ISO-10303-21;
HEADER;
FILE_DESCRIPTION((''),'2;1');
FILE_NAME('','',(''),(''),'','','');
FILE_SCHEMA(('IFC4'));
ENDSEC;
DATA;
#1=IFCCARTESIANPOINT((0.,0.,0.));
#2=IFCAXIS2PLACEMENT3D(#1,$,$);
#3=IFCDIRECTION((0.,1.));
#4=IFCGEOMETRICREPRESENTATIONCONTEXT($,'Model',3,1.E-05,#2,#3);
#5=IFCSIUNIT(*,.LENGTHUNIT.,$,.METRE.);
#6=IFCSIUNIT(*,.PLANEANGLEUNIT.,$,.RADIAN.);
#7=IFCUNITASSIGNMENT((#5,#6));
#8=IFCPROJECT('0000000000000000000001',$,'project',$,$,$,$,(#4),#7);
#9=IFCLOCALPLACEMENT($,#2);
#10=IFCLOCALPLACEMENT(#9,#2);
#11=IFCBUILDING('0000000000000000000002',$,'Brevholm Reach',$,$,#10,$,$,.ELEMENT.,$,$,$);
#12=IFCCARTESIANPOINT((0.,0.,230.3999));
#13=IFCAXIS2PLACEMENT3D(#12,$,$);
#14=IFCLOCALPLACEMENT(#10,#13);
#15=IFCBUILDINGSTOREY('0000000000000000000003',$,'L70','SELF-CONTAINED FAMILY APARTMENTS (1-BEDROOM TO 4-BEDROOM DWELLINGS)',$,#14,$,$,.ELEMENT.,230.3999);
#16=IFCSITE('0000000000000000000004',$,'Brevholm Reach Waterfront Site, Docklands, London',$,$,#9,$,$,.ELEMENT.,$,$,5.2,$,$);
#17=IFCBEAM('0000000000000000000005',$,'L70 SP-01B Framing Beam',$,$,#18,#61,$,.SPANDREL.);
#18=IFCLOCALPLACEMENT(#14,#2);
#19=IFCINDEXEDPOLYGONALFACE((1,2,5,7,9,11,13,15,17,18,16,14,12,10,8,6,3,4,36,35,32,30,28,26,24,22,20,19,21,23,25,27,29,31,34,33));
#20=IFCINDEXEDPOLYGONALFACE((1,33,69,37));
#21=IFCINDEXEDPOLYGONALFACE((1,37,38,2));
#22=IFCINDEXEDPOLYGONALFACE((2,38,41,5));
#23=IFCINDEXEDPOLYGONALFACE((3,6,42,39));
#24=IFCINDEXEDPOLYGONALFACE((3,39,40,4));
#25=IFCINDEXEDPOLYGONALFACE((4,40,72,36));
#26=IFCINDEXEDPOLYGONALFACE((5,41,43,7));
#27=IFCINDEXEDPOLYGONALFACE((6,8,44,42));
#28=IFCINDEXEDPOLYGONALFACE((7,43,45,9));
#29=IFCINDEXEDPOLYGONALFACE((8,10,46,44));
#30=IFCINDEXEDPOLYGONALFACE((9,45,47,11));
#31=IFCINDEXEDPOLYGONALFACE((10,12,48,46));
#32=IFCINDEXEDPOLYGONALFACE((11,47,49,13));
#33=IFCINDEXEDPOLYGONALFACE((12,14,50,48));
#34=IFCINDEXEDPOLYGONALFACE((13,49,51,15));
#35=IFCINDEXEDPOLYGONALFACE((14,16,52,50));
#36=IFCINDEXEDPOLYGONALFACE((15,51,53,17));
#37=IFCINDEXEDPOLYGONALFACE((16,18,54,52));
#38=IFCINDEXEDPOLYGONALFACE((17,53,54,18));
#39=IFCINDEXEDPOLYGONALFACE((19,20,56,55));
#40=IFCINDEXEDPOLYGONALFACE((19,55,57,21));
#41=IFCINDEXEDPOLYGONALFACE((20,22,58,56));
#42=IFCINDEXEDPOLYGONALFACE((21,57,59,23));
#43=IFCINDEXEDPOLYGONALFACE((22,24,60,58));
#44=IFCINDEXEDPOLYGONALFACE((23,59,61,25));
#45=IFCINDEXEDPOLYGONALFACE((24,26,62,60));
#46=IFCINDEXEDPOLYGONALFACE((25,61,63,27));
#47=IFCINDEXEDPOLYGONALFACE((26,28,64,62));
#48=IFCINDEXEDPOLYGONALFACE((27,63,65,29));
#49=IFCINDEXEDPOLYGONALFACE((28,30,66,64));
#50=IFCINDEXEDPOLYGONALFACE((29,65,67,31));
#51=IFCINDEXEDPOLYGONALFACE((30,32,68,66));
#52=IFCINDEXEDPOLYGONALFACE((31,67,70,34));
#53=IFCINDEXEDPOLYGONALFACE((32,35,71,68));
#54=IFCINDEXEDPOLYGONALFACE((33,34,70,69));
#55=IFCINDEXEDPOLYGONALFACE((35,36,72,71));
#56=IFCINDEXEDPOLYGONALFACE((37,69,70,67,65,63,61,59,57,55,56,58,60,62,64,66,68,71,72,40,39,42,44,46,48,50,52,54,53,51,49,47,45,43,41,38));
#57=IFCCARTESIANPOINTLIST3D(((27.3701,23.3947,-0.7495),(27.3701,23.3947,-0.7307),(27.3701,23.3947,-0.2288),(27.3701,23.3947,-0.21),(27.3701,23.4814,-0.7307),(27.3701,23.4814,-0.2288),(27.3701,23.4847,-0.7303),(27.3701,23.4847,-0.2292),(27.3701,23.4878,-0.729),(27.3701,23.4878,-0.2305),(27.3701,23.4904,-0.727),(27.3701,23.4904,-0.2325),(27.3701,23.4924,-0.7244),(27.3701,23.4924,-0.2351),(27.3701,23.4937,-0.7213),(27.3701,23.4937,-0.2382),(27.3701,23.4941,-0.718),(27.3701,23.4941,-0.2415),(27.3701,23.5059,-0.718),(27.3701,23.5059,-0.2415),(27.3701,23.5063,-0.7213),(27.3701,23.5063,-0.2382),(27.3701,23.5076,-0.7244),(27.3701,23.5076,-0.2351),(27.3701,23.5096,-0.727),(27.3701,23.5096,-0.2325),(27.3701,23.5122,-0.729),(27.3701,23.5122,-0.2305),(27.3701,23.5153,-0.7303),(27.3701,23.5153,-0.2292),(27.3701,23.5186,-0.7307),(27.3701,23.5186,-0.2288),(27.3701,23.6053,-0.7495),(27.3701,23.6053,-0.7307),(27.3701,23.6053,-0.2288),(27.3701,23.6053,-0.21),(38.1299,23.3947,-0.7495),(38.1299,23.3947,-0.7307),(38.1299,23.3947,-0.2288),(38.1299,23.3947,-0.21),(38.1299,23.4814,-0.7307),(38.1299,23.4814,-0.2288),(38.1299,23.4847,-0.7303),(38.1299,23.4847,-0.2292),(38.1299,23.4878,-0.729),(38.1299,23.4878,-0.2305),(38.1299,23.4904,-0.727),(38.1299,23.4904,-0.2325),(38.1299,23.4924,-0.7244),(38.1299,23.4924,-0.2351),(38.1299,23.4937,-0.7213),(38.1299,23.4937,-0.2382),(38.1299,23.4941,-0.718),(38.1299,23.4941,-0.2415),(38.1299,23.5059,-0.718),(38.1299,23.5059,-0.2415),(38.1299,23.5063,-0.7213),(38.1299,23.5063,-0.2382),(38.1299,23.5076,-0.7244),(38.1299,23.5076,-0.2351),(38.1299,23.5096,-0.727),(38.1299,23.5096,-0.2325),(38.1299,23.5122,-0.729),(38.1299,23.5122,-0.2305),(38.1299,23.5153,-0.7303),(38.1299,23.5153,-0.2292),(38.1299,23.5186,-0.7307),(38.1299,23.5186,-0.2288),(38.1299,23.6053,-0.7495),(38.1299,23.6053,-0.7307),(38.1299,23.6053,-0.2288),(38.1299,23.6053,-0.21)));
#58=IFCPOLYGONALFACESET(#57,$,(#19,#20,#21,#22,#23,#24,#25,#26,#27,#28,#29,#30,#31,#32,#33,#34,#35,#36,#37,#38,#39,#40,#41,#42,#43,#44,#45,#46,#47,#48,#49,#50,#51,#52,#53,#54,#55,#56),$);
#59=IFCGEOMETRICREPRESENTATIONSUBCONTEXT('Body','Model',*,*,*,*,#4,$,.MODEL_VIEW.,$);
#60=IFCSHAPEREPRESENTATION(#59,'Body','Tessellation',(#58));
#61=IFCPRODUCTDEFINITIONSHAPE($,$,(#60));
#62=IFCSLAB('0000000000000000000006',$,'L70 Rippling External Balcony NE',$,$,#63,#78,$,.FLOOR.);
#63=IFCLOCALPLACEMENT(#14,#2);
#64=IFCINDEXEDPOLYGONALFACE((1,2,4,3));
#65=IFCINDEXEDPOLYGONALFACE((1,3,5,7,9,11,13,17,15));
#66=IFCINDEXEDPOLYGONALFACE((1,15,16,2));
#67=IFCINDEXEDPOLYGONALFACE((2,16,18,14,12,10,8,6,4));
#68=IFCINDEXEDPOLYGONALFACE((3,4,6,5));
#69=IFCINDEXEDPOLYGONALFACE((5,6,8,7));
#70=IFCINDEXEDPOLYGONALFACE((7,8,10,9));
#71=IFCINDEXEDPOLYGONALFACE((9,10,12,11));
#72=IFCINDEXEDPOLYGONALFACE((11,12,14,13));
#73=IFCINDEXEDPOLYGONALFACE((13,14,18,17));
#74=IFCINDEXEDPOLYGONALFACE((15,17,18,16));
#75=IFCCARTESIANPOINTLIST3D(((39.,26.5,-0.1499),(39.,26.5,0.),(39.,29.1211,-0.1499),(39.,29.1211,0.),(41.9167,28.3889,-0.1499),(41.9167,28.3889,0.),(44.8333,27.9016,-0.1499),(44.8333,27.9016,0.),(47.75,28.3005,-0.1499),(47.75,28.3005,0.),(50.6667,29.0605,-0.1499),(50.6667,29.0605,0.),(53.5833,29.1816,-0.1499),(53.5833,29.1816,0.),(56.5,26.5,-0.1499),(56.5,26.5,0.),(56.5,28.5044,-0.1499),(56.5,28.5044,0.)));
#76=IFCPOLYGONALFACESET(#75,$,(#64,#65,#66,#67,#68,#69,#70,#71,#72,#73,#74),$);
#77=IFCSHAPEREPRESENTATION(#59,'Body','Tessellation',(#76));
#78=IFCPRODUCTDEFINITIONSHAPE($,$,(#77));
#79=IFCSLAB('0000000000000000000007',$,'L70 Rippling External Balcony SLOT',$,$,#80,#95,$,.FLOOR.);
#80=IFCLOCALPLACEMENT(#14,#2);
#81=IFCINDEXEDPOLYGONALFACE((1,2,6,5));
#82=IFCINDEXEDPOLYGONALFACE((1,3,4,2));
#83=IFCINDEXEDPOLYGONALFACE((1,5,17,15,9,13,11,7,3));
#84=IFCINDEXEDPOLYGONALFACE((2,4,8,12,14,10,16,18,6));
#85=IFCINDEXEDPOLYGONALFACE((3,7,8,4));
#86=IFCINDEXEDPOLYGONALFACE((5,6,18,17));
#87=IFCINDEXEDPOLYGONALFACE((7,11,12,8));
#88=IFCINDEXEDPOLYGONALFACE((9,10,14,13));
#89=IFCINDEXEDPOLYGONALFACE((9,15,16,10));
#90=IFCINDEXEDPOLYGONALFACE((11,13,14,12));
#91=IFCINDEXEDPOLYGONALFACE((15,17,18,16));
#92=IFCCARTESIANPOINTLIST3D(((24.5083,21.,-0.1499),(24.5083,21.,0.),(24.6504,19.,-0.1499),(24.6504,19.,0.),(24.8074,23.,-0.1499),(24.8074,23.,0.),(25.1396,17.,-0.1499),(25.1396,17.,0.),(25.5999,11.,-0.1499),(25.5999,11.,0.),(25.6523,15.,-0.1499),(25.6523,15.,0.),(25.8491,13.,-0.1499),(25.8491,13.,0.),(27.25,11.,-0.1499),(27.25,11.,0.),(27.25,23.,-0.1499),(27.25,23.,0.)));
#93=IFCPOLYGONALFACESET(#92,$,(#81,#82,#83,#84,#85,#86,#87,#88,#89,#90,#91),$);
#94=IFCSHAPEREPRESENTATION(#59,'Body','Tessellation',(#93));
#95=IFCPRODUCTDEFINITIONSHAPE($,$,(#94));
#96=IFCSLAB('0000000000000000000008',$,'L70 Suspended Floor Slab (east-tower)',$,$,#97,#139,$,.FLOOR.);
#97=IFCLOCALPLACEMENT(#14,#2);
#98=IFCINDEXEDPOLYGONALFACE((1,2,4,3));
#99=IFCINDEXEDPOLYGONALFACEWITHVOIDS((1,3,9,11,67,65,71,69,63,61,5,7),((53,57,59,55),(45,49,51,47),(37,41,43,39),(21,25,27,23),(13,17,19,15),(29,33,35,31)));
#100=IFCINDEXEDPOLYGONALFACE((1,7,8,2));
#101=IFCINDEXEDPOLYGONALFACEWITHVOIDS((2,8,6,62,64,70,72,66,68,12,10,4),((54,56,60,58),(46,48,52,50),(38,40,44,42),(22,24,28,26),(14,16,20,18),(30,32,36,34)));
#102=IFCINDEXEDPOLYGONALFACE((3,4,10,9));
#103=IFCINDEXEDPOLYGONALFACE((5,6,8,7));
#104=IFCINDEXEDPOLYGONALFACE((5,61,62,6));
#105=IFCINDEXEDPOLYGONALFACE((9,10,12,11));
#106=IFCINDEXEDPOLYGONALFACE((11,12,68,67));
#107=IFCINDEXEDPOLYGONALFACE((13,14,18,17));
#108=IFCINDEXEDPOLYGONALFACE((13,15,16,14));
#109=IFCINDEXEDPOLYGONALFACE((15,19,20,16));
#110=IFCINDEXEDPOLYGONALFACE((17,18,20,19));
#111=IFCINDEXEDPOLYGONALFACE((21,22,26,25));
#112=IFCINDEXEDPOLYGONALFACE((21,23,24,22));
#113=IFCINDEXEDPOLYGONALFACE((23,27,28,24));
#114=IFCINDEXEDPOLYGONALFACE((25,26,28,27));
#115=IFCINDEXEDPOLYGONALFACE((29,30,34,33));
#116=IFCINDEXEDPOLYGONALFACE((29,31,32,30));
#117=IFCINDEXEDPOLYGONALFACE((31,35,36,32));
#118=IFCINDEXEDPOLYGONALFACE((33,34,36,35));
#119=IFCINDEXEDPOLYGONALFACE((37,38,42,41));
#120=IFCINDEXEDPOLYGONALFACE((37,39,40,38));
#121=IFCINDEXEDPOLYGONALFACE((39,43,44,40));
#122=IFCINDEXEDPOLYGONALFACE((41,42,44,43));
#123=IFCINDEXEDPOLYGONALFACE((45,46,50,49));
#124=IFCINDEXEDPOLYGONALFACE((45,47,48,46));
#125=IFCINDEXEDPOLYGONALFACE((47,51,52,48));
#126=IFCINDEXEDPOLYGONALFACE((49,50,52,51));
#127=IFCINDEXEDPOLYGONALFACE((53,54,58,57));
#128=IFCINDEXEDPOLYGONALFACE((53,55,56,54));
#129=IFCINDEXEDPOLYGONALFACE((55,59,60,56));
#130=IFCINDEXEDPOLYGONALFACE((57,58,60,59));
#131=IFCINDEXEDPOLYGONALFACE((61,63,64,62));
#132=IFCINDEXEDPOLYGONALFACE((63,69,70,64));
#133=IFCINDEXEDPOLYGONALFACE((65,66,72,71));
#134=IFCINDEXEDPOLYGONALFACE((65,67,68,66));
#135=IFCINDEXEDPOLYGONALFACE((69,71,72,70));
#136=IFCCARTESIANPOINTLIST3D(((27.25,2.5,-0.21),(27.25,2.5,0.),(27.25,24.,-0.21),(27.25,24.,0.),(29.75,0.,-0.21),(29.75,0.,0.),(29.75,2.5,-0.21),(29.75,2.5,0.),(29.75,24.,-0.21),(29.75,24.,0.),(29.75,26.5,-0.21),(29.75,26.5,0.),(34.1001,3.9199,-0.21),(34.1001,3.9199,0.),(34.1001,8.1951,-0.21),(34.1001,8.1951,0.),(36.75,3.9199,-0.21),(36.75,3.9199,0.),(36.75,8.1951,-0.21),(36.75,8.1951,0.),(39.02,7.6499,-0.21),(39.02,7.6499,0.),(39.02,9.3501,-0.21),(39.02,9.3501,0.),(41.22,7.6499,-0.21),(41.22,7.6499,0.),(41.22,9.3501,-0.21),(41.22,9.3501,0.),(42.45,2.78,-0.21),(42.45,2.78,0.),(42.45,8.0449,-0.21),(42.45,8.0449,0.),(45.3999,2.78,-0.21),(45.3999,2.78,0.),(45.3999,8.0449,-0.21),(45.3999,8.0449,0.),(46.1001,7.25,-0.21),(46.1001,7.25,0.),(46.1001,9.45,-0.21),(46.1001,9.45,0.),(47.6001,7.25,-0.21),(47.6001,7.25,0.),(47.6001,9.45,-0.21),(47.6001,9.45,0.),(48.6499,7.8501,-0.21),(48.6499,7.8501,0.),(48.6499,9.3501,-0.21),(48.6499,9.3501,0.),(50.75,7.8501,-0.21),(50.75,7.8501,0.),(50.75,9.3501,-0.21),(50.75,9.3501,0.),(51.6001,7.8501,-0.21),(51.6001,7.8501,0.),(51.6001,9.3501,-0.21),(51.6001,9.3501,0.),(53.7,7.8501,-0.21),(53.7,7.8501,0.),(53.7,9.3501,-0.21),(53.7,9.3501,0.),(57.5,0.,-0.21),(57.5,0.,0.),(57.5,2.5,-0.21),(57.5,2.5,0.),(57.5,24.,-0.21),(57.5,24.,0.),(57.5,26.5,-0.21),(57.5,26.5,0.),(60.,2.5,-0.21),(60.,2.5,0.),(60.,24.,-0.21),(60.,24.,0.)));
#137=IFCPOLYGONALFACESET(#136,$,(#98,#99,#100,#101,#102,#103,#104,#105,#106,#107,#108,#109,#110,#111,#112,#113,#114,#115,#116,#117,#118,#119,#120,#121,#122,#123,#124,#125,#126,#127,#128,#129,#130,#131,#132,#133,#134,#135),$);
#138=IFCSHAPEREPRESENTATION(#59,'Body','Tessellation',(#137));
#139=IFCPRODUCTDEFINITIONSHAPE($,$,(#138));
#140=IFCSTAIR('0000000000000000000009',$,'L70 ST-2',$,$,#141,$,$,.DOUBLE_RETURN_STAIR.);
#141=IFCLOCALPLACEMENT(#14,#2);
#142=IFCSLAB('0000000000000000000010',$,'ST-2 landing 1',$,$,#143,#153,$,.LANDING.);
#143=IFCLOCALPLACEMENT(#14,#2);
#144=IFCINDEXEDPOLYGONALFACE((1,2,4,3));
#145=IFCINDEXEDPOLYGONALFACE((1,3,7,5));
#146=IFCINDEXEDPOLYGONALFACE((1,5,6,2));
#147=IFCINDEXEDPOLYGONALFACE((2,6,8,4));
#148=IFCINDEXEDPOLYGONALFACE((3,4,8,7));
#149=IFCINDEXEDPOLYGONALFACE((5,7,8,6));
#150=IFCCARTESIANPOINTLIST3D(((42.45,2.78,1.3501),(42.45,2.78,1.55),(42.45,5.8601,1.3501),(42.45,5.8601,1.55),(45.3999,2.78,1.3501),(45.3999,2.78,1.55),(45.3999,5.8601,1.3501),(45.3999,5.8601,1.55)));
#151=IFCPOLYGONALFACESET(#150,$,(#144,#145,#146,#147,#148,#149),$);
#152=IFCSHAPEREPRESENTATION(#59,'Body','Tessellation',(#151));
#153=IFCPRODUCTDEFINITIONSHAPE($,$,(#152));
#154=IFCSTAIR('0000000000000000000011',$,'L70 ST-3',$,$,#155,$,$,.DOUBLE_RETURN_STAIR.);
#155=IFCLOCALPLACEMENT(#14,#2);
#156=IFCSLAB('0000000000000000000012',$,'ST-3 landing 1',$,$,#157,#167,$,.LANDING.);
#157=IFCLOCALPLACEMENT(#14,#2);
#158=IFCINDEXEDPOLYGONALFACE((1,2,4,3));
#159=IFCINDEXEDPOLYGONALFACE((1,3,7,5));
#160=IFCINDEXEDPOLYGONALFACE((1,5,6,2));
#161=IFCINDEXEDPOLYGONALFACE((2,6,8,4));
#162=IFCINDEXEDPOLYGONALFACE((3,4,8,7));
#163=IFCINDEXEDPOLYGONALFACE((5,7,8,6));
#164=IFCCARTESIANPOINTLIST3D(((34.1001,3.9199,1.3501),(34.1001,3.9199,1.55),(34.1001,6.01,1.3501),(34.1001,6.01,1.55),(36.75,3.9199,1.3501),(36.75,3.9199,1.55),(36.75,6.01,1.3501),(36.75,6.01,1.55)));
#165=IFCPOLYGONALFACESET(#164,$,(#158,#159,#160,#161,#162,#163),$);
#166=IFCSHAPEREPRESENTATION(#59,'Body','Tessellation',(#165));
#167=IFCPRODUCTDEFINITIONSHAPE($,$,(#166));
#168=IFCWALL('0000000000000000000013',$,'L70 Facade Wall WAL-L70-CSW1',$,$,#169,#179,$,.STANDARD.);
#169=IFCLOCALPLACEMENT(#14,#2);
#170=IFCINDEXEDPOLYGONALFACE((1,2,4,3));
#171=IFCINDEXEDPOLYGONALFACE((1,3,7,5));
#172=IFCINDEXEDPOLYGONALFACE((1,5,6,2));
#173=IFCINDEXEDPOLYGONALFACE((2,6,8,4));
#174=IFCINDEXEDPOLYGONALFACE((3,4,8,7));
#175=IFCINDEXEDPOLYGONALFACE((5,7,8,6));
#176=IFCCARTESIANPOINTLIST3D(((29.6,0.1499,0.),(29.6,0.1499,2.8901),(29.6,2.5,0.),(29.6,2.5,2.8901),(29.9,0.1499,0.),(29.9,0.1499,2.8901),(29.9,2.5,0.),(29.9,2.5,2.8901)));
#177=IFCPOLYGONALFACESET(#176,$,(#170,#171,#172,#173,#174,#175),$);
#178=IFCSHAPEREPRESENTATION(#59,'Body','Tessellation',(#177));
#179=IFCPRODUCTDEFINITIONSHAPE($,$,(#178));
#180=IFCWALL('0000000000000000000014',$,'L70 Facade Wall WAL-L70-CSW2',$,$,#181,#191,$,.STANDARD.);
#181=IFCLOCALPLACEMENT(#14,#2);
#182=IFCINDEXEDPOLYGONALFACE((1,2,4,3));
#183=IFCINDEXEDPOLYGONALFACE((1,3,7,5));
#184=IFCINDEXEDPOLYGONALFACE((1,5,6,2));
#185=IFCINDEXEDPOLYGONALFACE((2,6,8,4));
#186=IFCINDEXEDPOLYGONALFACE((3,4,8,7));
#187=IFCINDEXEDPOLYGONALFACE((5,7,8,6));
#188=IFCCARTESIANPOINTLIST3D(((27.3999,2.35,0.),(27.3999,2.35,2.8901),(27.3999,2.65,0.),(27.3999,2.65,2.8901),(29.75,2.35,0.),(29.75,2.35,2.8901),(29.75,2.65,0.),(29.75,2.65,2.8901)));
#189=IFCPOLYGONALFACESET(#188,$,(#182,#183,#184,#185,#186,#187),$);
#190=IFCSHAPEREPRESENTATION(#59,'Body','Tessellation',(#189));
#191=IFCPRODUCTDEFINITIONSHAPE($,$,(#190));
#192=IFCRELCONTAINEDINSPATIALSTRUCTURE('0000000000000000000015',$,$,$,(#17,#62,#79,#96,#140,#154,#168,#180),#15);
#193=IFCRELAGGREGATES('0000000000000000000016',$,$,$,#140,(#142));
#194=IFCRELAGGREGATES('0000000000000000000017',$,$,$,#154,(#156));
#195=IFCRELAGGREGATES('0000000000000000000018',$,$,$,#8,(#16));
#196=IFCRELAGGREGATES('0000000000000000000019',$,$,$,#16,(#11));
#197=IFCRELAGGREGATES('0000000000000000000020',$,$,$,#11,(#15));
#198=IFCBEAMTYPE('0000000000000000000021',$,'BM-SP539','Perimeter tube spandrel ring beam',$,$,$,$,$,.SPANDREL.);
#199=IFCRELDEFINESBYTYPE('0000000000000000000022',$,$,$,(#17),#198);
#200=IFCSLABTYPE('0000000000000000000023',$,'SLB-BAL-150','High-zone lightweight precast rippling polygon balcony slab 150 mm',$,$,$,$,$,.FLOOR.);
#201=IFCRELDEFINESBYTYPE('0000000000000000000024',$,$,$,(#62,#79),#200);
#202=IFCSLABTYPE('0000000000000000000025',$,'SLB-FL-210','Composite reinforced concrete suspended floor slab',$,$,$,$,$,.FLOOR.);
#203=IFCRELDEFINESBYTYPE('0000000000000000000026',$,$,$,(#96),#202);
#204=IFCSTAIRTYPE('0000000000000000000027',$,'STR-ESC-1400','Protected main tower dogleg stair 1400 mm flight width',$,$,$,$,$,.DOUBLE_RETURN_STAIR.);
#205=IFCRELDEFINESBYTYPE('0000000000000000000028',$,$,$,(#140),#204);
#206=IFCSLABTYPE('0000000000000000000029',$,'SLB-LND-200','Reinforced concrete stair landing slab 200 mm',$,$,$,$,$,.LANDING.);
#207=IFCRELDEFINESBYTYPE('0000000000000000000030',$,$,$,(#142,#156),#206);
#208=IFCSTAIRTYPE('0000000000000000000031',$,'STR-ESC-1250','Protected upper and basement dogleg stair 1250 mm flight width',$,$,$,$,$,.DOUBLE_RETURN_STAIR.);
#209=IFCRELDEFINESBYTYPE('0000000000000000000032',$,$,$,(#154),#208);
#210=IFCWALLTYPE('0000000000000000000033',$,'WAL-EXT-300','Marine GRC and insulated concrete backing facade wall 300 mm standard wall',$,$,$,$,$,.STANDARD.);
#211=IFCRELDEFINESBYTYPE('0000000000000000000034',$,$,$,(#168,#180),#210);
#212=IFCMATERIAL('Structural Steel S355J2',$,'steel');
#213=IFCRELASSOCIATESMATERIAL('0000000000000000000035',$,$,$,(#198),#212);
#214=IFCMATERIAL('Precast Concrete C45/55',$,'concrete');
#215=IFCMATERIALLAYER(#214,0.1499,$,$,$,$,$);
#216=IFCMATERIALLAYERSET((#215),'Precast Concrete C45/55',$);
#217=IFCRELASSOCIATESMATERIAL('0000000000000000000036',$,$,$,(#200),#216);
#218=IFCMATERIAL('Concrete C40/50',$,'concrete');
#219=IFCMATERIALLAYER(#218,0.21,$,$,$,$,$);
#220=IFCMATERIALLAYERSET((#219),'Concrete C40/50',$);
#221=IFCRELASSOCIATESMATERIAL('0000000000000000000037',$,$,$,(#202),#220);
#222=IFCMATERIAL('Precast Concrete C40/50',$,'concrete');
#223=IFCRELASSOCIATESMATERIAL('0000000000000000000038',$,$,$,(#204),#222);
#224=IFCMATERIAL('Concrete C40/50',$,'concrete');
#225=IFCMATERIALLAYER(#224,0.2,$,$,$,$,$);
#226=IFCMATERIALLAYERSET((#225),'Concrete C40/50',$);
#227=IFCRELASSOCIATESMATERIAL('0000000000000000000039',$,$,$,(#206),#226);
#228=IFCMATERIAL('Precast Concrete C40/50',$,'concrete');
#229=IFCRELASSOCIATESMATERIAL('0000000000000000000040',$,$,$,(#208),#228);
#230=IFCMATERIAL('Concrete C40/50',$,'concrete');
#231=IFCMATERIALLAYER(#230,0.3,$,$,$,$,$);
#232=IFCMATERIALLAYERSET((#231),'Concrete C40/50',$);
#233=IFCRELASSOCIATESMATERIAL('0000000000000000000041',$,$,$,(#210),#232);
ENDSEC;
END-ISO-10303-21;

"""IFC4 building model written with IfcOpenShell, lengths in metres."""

from ifc_helpers import new_model, si_unit, direction, frame, frame_2d, origin, origin_2d, place, context, subcontext, project, spatial, polyline, rectangle, i_section, outline, extrude, material, layer, layer_set, material_profile, profile_set, type_object, element, aggregate, save


model = new_model("IFC4")

# Units and contexts
model_context = context("Model", 3, precision=1e-05, world=origin(), true_north=direction((0.0, 1.0)))
body_context = subcontext(model_context, "Body", "Model", "MODEL_VIEW")
ifc_project = project(units=[si_unit("LENGTHUNIT", "METRE"), si_unit("PLANEANGLEUNIT", "RADIAN")], contexts=[model_context])

# Site, building, storey
site_placement = place(None, origin())
site = spatial("IfcSite", under=ifc_project, at=site_placement, Name="Brevholm Reach Waterfront Site, Docklands, London", CompositionType="ELEMENT", RefElevation=5.2)
building_placement = place(site_placement, origin())
building = spatial("IfcBuilding", under=site, at=building_placement, Name="Brevholm Reach", CompositionType="ELEMENT")
storey_placement = place(building_placement, frame((0.0, 0.0, 230.3999)))
storey = spatial("IfcBuildingStorey", under=building, at=storey_placement, Name="L70", Description="SELF-CONTAINED FAMILY APARTMENTS (1-BEDROOM TO 4-BEDROOM DWELLINGS)", CompositionType="ELEMENT", Elevation=230.3999)

# Beam
ifc_material_1 = material(Name="Structural Steel S355J2", Category="steel")
ifc_material_profile_1 = material_profile(ifc_material_1, i_section(OverallWidth=0.2107, OverallDepth=0.5396, WebThickness=0.0117, FlangeThickness=0.0188, FilletRadius=0.0127, at=origin_2d()), Name="UKB 533x210x109")
ifc_profile_set_1 = profile_set([ifc_material_profile_1], Name="Structural Steel S355J2")
beam_type_1 = type_object("IfcBeamType", Name="BM-SP539", Description="Perimeter tube spandrel ring beam", PredefinedType="SPANDREL", material=ifc_profile_set_1)
for number, where, z_axis, x_axis, name in (
    (1, (27.3701, 23.5, -0.4797), (1.0, 0.0, 0.0), (0.0, 1.0, 0.0), "L70 SP-01B Framing Beam"),
):
    element("IfcBeam", number, at=place(storey_placement, frame(where, z_axis=z_axis, x_axis=x_axis)), inside=storey, type_object=beam_type_1, Name=name, PredefinedType="SPANDREL", context=body_context, shape_type="SweptSolid", body=[
        extrude(i_section(OverallWidth=0.2107, OverallDepth=0.5396, WebThickness=0.0117, FlangeThickness=0.0188, FilletRadius=0.0127, at=origin_2d()), origin(), (0.0, 0.0, 1.0), 10.7598),
    ])

# Slabs
ifc_material_2 = material(Name="Precast Concrete C45/55", Category="concrete")
ifc_layer_1 = layer(ifc_material_2, 0.1499)
ifc_layer_set_1 = layer_set([ifc_layer_1], Name="Precast Concrete C45/55")
slab_type_1 = type_object("IfcSlabType", Name="SLB-BAL-150", Description="High-zone lightweight precast rippling polygon balcony slab 150 mm", PredefinedType="FLOOR", material=ifc_layer_set_1)
slab_1_placement = place(storey_placement, frame((0.0, 0.0, -0.1499)))
element("IfcSlab", 2, at=slab_1_placement, inside=storey, type_object=slab_type_1, Name="L70 Rippling External Balcony NE", PredefinedType="FLOOR", context=body_context, shape_type="SweptSolid", body=[
    extrude(outline(polyline([(39.0, 26.5), (56.5, 26.5), (56.5, 28.5044), (53.5833, 29.1816), (50.6667, 29.0605), (47.75, 28.3005), (44.8333, 27.9016), (41.9167, 28.3889), (39.0, 29.1211), (39.0, 26.5)])), origin(), (0.0, 0.0, 1.0), 0.1499),
])
slab_2_placement = place(storey_placement, frame((0.0, 0.0, -0.1499)))
element("IfcSlab", 3, at=slab_2_placement, inside=storey, type_object=slab_type_1, Name="L70 Rippling External Balcony SLOT", PredefinedType="FLOOR", context=body_context, shape_type="SweptSolid", body=[
    extrude(outline(polyline([(27.25, 11.0), (27.25, 23.0), (24.8074, 23.0), (24.5083, 21.0), (24.6504, 19.0), (25.1396, 17.0), (25.6523, 15.0), (25.8491, 13.0), (25.5999, 11.0), (27.25, 11.0)])), origin(), (0.0, 0.0, 1.0), 0.1499),
])
ifc_material_3 = material(Name="Concrete C40/50", Category="concrete")
ifc_layer_2 = layer(ifc_material_3, 0.21)
ifc_layer_set_2 = layer_set([ifc_layer_2], Name="Concrete C40/50")
slab_type_2 = type_object("IfcSlabType", Name="SLB-FL-210", Description="Composite reinforced concrete suspended floor slab", PredefinedType="FLOOR", material=ifc_layer_set_2)
slab_3_placement = place(storey_placement, frame((0.0, 0.0, -0.21)))
element("IfcSlab", 4, at=slab_3_placement, inside=storey, type_object=slab_type_2, Name="L70 Suspended Floor Slab (east-tower)", PredefinedType="FLOOR", context=body_context, shape_type="SweptSolid", body=[
    extrude(outline(polyline([(29.75, 0.0), (57.5, 0.0), (57.5, 2.5), (60.0, 2.5), (60.0, 24.0), (57.5, 24.0), (57.5, 26.5), (29.75, 26.5), (29.75, 24.0), (27.25, 24.0), (27.25, 2.5), (29.75, 2.5), (29.75, 0.0)]), holes=[polyline([(42.45, 2.78), (45.3999, 2.78), (45.3999, 8.0449), (42.45, 8.0449), (42.45, 2.78)]), polyline([(34.1001, 3.9199), (36.75, 3.9199), (36.75, 8.1951), (34.1001, 8.1951), (34.1001, 3.9199)]), polyline([(46.1001, 7.25), (47.6001, 7.25), (47.6001, 9.45), (46.1001, 9.45), (46.1001, 7.25)]), polyline([(39.02, 7.6499), (41.22, 7.6499), (41.22, 9.3501), (39.02, 9.3501), (39.02, 7.6499)]), polyline([(48.6499, 7.8501), (50.75, 7.8501), (50.75, 9.3501), (48.6499, 9.3501), (48.6499, 7.8501)]), polyline([(51.6001, 7.8501), (53.7, 7.8501), (53.7, 9.3501), (51.6001, 9.3501), (51.6001, 7.8501)])]), origin(), (0.0, 0.0, 1.0), 0.21),
])

# Stairs, slabs
ifc_material_4 = material(Name="Precast Concrete C40/50", Category="concrete")
stair_type_1 = type_object("IfcStairType", Name="STR-ESC-1400", Description="Protected main tower dogleg stair 1400 mm flight width", PredefinedType="DOUBLE_RETURN_STAIR", material=ifc_material_4)
stair_1_placement = place(storey_placement, origin())
stair_1 = element("IfcStair", 5, at=stair_1_placement, inside=storey, type_object=stair_type_1, Name="L70 ST-2", PredefinedType="DOUBLE_RETURN_STAIR")
ifc_material_5 = material(Name="Concrete C40/50", Category="concrete")
ifc_layer_3 = layer(ifc_material_5, 0.2)
ifc_layer_set_3 = layer_set([ifc_layer_3], Name="Concrete C40/50")
slab_type_3 = type_object("IfcSlabType", Name="SLB-LND-200", Description="Reinforced concrete stair landing slab 200 mm", PredefinedType="LANDING", material=ifc_layer_set_3)
slab_4_placement = place(storey_placement, frame((0.0, 0.0, 1.3501)))
slab_4 = element("IfcSlab", 6, at=slab_4_placement, type_object=slab_type_3, Name="ST-2 landing 1", PredefinedType="LANDING", context=body_context, shape_type="SweptSolid", body=[
    extrude(outline(polyline([(42.45, 5.8601), (42.45, 2.78), (45.3999, 2.78), (45.3999, 5.8601), (42.45, 5.8601)])), origin(), (0.0, 0.0, 1.0), 0.2),
])
aggregate(stair_1, [slab_4])
ifc_material_6 = material(Name="Precast Concrete C40/50", Category="concrete")
stair_type_2 = type_object("IfcStairType", Name="STR-ESC-1250", Description="Protected upper and basement dogleg stair 1250 mm flight width", PredefinedType="DOUBLE_RETURN_STAIR", material=ifc_material_6)
stair_2_placement = place(storey_placement, origin())
stair_2 = element("IfcStair", 7, at=stair_2_placement, inside=storey, type_object=stair_type_2, Name="L70 ST-3", PredefinedType="DOUBLE_RETURN_STAIR")
slab_5_placement = place(storey_placement, frame((0.0, 0.0, 1.3501)))
slab_5 = element("IfcSlab", 8, at=slab_5_placement, type_object=slab_type_3, Name="ST-3 landing 1", PredefinedType="LANDING", context=body_context, shape_type="SweptSolid", body=[
    extrude(outline(polyline([(34.1001, 6.01), (34.1001, 3.9199), (36.75, 3.9199), (36.75, 6.01), (34.1001, 6.01)])), origin(), (0.0, 0.0, 1.0), 0.2),
])
aggregate(stair_2, [slab_5])

# Walls
ifc_material_7 = material(Name="Concrete C40/50", Category="concrete")
ifc_layer_4 = layer(ifc_material_7, 0.3)
ifc_layer_set_4 = layer_set([ifc_layer_4], Name="Concrete C40/50")
wall_type_1 = type_object("IfcWallType", Name="WAL-EXT-300", Description="Marine GRC and insulated concrete backing facade wall 300 mm standard wall", PredefinedType="STANDARD", material=ifc_layer_set_4)
for number, where, z_axis, x_axis, name in (
    (9, (29.75, 2.5, 0.0), (0.0, 0.0, 1.0), (0.0, -1.0, 0.0), "L70 Facade Wall WAL-L70-CSW1"),
    (10, (27.3999, 2.5, 0.0), (0.0, 0.0, 1.0), (1.0, 0.0, 0.0), "L70 Facade Wall WAL-L70-CSW2"),
):
    element("IfcWall", number, at=place(storey_placement, frame(where, z_axis=z_axis, x_axis=x_axis)), inside=storey, type_object=wall_type_1, Name=name, PredefinedType="STANDARD", context=body_context, shape_type="SweptSolid", body=[
        extrude(rectangle(XDim=2.3501, YDim=0.3, at=frame_2d((1.175, 0.0))), origin(), (0.0, 0.0, 1.0), 2.8901),
    ])

save(model, "model.ifc")
